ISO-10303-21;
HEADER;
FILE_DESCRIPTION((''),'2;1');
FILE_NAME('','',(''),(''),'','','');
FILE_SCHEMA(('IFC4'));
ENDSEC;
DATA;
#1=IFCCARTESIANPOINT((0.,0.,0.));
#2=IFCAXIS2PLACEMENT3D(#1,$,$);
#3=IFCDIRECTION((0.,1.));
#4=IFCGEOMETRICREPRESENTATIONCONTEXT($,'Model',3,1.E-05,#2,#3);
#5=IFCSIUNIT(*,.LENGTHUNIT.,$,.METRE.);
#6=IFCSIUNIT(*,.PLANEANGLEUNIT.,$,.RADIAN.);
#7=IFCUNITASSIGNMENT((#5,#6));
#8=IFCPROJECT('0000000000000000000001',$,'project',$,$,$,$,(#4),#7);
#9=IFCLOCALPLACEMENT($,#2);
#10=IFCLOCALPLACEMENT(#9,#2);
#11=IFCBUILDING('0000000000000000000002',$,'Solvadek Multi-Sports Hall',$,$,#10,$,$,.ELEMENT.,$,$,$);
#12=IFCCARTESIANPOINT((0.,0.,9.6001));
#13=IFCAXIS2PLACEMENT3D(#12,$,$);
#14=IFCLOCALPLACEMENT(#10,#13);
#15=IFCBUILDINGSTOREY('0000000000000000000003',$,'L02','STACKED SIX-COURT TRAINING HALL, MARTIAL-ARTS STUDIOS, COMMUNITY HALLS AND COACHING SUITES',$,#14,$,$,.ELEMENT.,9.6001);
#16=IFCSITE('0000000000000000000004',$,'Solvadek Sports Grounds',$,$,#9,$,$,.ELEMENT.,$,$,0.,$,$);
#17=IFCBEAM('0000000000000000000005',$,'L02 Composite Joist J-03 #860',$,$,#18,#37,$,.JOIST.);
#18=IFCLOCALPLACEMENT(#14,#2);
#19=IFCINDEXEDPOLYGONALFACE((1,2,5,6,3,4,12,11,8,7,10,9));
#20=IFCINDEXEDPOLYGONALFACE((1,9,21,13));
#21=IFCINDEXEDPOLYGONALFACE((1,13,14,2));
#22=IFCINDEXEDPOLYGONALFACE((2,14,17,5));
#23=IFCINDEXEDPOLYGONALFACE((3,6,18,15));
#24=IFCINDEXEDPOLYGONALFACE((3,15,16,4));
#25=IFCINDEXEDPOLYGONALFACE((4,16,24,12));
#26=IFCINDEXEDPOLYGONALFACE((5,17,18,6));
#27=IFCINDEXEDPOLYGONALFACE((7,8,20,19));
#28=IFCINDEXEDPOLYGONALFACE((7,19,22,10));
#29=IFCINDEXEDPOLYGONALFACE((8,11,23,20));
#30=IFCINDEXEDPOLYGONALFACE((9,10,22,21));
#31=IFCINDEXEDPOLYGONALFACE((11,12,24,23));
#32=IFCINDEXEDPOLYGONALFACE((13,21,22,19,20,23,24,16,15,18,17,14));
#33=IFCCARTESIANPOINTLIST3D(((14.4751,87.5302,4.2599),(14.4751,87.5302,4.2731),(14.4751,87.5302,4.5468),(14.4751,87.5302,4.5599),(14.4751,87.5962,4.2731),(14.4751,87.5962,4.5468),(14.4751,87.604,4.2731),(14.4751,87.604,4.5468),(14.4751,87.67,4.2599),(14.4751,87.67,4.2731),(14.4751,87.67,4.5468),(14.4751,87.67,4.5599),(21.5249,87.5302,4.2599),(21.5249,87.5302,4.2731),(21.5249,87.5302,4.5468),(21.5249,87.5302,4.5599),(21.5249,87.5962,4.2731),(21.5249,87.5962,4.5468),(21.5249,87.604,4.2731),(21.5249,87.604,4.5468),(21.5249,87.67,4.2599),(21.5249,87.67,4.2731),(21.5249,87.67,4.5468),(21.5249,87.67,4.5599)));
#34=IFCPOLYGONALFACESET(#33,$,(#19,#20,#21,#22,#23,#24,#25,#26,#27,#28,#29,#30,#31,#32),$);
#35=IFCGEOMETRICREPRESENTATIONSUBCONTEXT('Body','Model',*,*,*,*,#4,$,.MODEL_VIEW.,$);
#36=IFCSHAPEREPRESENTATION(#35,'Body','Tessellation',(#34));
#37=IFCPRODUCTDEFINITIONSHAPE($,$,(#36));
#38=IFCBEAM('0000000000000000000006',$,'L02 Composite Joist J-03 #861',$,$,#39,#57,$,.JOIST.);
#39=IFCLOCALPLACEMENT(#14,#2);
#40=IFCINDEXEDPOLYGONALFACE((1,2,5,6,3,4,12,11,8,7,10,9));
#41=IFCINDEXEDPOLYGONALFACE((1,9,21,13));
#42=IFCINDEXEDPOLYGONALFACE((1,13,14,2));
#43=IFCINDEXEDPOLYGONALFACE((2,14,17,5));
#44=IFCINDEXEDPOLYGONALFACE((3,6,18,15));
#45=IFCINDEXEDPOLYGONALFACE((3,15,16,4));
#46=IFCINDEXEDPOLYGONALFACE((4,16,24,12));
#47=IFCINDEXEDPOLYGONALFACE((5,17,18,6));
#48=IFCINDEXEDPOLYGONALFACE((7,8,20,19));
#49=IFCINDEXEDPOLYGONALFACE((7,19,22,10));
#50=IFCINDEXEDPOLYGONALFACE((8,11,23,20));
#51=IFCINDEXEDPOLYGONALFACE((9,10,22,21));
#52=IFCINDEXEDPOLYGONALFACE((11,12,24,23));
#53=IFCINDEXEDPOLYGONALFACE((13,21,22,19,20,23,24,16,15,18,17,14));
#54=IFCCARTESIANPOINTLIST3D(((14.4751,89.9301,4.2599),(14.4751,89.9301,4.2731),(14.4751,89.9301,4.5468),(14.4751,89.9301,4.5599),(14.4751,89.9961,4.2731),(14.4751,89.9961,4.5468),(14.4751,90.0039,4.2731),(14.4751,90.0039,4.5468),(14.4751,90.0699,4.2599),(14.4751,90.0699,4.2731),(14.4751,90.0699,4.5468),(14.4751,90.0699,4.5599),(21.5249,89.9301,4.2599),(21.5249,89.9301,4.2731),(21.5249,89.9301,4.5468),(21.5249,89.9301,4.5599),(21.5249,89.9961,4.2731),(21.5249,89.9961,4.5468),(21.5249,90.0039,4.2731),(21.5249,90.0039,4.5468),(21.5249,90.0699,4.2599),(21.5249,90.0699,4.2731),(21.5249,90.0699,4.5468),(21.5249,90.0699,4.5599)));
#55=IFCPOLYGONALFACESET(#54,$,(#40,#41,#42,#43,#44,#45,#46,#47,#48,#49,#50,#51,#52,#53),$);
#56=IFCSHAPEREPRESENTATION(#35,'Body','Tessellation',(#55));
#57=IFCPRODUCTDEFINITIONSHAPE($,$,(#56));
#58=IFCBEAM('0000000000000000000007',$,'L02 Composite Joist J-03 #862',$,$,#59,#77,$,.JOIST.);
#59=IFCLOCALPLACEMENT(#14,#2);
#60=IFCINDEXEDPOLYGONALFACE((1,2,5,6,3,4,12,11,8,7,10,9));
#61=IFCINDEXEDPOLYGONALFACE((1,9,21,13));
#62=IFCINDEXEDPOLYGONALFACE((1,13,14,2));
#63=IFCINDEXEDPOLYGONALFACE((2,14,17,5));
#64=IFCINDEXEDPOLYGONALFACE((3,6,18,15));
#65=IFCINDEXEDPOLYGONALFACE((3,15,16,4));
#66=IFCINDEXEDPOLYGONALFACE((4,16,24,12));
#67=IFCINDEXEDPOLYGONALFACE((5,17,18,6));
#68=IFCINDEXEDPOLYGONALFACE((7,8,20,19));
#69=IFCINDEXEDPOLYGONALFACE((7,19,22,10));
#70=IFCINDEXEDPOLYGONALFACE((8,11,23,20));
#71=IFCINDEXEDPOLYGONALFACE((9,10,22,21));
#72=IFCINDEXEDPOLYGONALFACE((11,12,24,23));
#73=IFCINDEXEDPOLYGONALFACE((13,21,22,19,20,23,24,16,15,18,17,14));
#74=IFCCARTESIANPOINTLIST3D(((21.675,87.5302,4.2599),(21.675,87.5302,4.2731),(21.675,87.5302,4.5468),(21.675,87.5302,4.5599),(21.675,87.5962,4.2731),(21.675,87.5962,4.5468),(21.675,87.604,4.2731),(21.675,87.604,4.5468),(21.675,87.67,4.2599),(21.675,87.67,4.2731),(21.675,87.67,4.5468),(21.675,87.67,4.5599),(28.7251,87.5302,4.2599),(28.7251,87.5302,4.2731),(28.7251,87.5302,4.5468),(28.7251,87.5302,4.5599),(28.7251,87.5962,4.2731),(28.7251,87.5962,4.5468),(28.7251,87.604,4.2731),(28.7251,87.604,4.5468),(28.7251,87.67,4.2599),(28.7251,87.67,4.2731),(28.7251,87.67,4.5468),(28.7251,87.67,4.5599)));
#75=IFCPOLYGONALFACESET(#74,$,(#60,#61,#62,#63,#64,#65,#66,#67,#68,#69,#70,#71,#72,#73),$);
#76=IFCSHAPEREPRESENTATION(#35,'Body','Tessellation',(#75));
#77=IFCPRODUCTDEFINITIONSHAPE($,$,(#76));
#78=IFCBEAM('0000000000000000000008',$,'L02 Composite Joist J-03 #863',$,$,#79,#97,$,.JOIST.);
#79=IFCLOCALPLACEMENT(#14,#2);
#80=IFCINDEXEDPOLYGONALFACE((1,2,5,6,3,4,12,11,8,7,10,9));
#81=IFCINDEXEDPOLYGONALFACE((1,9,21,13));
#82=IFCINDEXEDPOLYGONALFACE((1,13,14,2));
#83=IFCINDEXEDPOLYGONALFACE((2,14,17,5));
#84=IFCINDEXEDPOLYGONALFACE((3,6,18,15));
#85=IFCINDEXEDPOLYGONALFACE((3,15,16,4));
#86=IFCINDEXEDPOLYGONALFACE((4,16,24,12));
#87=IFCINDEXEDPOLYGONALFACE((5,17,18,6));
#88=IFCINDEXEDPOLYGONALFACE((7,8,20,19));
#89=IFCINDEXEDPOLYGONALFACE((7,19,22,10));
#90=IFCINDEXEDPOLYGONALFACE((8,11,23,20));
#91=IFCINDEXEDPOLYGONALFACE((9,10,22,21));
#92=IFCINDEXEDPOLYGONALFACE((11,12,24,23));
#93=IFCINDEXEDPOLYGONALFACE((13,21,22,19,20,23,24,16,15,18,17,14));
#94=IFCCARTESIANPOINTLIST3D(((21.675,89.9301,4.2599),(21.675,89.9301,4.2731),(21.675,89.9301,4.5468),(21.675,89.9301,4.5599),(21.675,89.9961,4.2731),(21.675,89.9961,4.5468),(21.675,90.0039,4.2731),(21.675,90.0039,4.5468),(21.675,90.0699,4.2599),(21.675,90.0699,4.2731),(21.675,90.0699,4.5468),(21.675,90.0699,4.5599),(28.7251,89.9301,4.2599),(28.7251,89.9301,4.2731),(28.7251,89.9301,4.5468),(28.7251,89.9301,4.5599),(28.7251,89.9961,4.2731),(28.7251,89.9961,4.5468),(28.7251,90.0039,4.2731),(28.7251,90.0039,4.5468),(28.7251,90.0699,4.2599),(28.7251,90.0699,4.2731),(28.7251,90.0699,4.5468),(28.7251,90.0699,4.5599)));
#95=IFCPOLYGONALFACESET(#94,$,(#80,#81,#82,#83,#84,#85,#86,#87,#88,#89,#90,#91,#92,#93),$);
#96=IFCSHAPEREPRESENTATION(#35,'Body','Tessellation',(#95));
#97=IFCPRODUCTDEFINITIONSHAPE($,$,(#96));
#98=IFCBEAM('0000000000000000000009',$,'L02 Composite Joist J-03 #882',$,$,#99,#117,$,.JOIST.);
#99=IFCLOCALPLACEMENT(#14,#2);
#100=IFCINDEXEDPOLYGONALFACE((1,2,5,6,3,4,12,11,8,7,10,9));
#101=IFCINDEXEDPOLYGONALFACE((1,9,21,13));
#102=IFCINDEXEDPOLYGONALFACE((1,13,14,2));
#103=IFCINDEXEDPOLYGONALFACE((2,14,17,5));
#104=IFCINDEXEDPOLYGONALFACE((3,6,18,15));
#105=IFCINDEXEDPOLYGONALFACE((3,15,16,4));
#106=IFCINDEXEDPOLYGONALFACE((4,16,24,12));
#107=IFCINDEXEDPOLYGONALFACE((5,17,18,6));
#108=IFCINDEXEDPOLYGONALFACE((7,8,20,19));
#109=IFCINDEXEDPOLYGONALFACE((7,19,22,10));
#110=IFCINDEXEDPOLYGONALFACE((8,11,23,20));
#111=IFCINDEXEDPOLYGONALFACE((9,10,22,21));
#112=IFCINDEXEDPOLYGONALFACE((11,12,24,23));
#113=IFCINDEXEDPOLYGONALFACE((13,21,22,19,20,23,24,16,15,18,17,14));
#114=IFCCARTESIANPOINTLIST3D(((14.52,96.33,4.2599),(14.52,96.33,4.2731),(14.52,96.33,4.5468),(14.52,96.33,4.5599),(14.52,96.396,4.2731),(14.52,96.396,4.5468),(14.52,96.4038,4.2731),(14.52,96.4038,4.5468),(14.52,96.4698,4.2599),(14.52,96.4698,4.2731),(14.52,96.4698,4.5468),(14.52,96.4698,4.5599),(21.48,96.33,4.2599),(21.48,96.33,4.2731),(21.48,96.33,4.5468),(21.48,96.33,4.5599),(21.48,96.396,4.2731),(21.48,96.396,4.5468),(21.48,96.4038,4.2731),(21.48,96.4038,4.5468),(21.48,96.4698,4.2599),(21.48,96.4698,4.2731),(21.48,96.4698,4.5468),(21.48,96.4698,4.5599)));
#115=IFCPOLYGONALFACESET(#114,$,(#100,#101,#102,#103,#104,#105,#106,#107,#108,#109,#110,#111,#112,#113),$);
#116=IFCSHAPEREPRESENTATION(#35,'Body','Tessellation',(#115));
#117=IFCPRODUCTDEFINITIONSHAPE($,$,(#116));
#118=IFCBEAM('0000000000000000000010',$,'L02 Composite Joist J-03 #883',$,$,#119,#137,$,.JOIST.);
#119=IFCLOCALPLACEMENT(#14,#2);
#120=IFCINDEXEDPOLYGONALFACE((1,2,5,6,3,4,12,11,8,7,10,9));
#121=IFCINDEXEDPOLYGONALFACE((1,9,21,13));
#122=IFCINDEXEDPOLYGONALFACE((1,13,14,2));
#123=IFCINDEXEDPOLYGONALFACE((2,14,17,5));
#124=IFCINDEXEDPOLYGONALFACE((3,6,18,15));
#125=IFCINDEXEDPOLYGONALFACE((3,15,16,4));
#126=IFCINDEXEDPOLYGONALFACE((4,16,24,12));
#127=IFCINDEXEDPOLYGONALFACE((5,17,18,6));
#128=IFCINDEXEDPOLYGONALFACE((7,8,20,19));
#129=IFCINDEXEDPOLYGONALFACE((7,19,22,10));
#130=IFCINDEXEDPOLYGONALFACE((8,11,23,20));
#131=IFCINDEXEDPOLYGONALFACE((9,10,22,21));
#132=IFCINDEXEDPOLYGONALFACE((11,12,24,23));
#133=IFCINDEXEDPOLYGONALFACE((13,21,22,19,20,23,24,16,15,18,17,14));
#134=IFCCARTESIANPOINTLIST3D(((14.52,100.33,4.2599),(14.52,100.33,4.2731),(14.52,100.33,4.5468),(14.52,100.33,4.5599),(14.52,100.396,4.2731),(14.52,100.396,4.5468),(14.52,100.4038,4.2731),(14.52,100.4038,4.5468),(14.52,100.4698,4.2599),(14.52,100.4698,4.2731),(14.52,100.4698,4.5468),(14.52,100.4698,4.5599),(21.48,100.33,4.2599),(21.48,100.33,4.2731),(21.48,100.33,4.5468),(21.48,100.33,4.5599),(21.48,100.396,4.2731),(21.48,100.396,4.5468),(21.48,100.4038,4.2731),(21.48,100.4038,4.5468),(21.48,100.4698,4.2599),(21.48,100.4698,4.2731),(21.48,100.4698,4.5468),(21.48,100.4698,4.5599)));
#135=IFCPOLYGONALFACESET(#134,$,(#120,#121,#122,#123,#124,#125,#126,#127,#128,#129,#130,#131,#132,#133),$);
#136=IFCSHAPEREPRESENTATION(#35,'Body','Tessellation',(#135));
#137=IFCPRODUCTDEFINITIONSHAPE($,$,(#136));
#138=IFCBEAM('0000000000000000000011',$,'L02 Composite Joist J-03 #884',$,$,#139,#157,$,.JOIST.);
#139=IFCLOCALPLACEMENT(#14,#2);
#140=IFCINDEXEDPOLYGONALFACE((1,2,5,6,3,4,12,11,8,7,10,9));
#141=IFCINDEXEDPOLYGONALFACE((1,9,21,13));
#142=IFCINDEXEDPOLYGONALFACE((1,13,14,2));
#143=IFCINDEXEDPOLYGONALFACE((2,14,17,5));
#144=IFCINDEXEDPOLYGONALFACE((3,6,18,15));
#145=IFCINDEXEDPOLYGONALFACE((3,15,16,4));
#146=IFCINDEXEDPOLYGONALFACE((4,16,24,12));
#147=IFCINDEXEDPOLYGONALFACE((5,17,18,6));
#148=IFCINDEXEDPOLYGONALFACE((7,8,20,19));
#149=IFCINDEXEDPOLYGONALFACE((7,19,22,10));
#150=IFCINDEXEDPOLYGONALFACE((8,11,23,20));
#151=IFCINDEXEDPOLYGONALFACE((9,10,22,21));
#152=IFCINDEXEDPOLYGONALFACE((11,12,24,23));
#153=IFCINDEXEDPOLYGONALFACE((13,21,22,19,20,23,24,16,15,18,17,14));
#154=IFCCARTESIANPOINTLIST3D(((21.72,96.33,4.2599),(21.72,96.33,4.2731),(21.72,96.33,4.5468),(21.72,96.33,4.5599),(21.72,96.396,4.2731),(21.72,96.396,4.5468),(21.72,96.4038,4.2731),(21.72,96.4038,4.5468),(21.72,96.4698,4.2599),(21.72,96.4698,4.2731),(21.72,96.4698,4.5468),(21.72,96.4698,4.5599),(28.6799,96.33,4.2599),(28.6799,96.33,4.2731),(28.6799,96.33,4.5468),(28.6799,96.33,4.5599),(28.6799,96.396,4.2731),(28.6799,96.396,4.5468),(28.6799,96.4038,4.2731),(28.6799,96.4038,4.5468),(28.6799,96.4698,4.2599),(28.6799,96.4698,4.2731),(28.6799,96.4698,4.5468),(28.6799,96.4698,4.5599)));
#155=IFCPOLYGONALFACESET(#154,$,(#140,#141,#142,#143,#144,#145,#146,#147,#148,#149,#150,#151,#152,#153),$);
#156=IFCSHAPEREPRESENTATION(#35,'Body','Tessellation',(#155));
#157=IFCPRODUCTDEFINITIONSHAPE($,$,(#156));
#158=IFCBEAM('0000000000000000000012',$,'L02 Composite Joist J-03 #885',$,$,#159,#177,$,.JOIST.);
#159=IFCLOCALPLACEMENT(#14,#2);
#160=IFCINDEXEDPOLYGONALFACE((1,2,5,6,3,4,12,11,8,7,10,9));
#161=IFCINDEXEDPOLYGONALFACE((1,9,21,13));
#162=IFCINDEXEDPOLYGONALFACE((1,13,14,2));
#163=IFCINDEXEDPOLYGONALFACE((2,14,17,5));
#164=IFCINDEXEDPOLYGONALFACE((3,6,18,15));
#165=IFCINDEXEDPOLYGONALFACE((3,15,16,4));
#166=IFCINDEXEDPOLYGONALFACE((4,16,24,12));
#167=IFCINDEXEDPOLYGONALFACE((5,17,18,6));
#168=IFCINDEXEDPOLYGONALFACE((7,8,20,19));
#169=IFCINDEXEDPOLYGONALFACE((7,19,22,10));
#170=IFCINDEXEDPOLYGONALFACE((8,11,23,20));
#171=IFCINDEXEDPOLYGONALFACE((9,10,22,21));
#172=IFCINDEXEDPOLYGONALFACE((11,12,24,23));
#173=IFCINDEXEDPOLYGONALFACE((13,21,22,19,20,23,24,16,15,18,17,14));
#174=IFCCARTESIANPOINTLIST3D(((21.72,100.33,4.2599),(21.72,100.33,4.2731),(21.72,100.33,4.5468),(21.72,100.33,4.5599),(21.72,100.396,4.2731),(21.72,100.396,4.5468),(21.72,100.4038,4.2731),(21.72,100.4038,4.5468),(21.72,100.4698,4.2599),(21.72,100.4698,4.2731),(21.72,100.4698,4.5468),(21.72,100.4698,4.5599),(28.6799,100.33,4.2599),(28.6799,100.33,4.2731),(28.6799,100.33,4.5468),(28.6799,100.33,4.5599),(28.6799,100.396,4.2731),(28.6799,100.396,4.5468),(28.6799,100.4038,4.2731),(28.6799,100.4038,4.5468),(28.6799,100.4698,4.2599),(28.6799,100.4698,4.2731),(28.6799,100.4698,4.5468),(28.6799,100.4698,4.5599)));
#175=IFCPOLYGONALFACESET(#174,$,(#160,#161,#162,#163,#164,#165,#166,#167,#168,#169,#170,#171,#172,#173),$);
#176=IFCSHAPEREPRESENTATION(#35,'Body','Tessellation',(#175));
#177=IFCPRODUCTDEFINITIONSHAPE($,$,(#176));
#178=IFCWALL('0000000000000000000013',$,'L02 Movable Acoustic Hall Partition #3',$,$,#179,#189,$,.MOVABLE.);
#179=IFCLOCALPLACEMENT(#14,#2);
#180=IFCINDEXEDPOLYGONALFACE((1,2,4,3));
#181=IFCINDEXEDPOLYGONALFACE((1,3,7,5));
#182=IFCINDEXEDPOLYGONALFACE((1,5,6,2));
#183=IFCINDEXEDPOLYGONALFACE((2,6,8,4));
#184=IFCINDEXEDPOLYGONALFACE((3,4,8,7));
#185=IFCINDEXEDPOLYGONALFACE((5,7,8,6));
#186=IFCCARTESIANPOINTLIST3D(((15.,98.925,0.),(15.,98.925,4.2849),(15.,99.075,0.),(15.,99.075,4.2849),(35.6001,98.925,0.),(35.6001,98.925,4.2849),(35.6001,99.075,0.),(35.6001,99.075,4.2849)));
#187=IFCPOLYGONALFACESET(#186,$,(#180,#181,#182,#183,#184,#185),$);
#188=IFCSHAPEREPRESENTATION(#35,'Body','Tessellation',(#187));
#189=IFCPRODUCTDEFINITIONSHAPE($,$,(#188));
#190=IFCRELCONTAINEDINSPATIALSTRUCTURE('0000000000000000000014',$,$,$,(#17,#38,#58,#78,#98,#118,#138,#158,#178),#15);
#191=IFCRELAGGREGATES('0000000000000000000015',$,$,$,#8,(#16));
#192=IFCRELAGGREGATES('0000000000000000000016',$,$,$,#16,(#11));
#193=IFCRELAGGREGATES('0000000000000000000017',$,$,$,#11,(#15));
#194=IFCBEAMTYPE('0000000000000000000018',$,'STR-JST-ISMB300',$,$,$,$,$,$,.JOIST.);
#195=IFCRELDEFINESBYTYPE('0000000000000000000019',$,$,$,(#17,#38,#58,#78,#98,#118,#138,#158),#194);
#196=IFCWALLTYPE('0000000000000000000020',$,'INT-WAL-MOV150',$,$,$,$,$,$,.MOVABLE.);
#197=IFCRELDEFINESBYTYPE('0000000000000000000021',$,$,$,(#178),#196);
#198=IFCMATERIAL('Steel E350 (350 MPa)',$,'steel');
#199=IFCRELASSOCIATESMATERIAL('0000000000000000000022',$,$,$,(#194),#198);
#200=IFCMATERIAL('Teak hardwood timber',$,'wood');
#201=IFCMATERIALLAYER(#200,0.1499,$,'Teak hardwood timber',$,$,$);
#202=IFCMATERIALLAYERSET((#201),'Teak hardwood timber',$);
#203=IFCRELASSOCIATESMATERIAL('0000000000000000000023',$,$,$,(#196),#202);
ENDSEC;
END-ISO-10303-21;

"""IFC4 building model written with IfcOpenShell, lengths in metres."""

from ifc_helpers import new_model, si_unit, direction, frame, frame_2d, origin, origin_2d, place, context, subcontext, project, spatial, rectangle, i_section, extrude, material, layer, layer_set, material_profile, profile_set, type_object, element, save


model = new_model("IFC4")

# Units and contexts
model_context = context("Model", 3, precision=1e-05, world=origin(), true_north=direction((0.0, 1.0)))
body_context = subcontext(model_context, "Body", "Model", "MODEL_VIEW")
ifc_project = project(units=[si_unit("LENGTHUNIT", "METRE"), si_unit("PLANEANGLEUNIT", "RADIAN")], contexts=[model_context])

# Site, building, storey
site_placement = place(None, origin())
site = spatial("IfcSite", under=ifc_project, at=site_placement, Name="Solvadek Sports Grounds", CompositionType="ELEMENT", RefElevation=0.0)
building_placement = place(site_placement, origin())
building = spatial("IfcBuilding", under=site, at=building_placement, Name="Solvadek Multi-Sports Hall", CompositionType="ELEMENT")
storey_placement = place(building_placement, frame((0.0, 0.0, 9.6001)))
storey = spatial("IfcBuildingStorey", under=building, at=storey_placement, Name="L02", Description="STACKED SIX-COURT TRAINING HALL, MARTIAL-ARTS STUDIOS, COMMUNITY HALLS AND COACHING SUITES", CompositionType="ELEMENT", Elevation=9.6001)

# Shared definitions
ifc_material_1 = material(Name="Steel E350 (350 MPa)", Category="steel")

# Beams
ifc_material_profile_1 = material_profile(ifc_material_1, i_section(OverallWidth=0.1399, OverallDepth=0.3, WebThickness=0.0078, FlangeThickness=0.0132, at=origin_2d()), Name="ISMB 300")
ifc_profile_set_1 = profile_set([ifc_material_profile_1], Name="Steel E350 (350 MPa)")
beam_type_1 = type_object("IfcBeamType", Name="STR-JST-ISMB300", PredefinedType="JOIST", material=ifc_profile_set_1)
for number, where, z_axis, x_axis, name in (
    (1, (14.4751, 87.6001, 4.4099), (1.0, 0.0, 0.0), (0.0, 1.0, 0.0), "L02 Composite Joist J-03 #860"),
    (2, (14.4751, 90.0, 4.4099), (1.0, 0.0, 0.0), (0.0, 1.0, 0.0), "L02 Composite Joist J-03 #861"),
):
    element("IfcBeam", number, at=place(storey_placement, frame(where, z_axis=z_axis, x_axis=x_axis)), inside=storey, type_object=beam_type_1, Name=name, PredefinedType="JOIST", context=body_context, shape_type="SweptSolid", body=[
        extrude(i_section(OverallWidth=0.1399, OverallDepth=0.3, WebThickness=0.0078, FlangeThickness=0.0132, at=origin_2d()), origin(), (0.0, 0.0, 1.0), 7.0498),
    ])
for number, where, z_axis, x_axis, name in (
    (3, (21.675, 87.6001, 4.4099), (1.0, 0.0, 0.0), (0.0, 1.0, 0.0), "L02 Composite Joist J-03 #862"),
    (4, (21.675, 90.0, 4.4099), (1.0, 0.0, 0.0), (0.0, 1.0, 0.0), "L02 Composite Joist J-03 #863"),
):
    element("IfcBeam", number, at=place(storey_placement, frame(where, z_axis=z_axis, x_axis=x_axis)), inside=storey, type_object=beam_type_1, Name=name, PredefinedType="JOIST", context=body_context, shape_type="SweptSolid", body=[
        extrude(i_section(OverallWidth=0.1399, OverallDepth=0.3, WebThickness=0.0078, FlangeThickness=0.0132, at=origin_2d()), origin(), (0.0, 0.0, 1.0), 7.05),
    ])
for number, where, z_axis, x_axis, name in (
    (5, (14.52, 96.3999, 4.4099), (1.0, 0.0, 0.0), (0.0, 1.0, 0.0), "L02 Composite Joist J-03 #882"),
    (6, (14.52, 100.3999, 4.4099), (1.0, 0.0, 0.0), (0.0, 1.0, 0.0), "L02 Composite Joist J-03 #883"),
    (7, (21.72, 96.3999, 4.4099), (1.0, 0.0, 0.0), (0.0, 1.0, 0.0), "L02 Composite Joist J-03 #884"),
    (8, (21.72, 100.3999, 4.4099), (1.0, 0.0, 0.0), (0.0, 1.0, 0.0), "L02 Composite Joist J-03 #885"),
):
    element("IfcBeam", number, at=place(storey_placement, frame(where, z_axis=z_axis, x_axis=x_axis)), inside=storey, type_object=beam_type_1, Name=name, PredefinedType="JOIST", context=body_context, shape_type="SweptSolid", body=[
        extrude(i_section(OverallWidth=0.1399, OverallDepth=0.3, WebThickness=0.0078, FlangeThickness=0.0132, at=origin_2d()), origin(), (0.0, 0.0, 1.0), 6.96),
    ])

# Wall
ifc_material_2 = material(Name="Teak hardwood timber", Category="wood")
ifc_layer_1 = layer(ifc_material_2, 0.1499, Name="Teak hardwood timber")
ifc_layer_set_1 = layer_set([ifc_layer_1], Name="Teak hardwood timber")
wall_type_1 = type_object("IfcWallType", Name="INT-WAL-MOV150", PredefinedType="MOVABLE", material=ifc_layer_set_1)
wall_1_placement = place(storey_placement, frame((15.0, 99.0, 0.0), z_axis=(0.0, 0.0, 1.0), x_axis=(1.0, 0.0, 0.0)))
element("IfcWall", 9, at=wall_1_placement, inside=storey, type_object=wall_type_1, Name="L02 Movable Acoustic Hall Partition #3", PredefinedType="MOVABLE", context=body_context, shape_type="SweptSolid", body=[
    extrude(rectangle(XDim=20.6001, YDim=0.1499, at=frame_2d((10.3, 0.0))), origin(), (0.0, 0.0, 1.0), 4.2849),
])

save(model, "model.ifc")
